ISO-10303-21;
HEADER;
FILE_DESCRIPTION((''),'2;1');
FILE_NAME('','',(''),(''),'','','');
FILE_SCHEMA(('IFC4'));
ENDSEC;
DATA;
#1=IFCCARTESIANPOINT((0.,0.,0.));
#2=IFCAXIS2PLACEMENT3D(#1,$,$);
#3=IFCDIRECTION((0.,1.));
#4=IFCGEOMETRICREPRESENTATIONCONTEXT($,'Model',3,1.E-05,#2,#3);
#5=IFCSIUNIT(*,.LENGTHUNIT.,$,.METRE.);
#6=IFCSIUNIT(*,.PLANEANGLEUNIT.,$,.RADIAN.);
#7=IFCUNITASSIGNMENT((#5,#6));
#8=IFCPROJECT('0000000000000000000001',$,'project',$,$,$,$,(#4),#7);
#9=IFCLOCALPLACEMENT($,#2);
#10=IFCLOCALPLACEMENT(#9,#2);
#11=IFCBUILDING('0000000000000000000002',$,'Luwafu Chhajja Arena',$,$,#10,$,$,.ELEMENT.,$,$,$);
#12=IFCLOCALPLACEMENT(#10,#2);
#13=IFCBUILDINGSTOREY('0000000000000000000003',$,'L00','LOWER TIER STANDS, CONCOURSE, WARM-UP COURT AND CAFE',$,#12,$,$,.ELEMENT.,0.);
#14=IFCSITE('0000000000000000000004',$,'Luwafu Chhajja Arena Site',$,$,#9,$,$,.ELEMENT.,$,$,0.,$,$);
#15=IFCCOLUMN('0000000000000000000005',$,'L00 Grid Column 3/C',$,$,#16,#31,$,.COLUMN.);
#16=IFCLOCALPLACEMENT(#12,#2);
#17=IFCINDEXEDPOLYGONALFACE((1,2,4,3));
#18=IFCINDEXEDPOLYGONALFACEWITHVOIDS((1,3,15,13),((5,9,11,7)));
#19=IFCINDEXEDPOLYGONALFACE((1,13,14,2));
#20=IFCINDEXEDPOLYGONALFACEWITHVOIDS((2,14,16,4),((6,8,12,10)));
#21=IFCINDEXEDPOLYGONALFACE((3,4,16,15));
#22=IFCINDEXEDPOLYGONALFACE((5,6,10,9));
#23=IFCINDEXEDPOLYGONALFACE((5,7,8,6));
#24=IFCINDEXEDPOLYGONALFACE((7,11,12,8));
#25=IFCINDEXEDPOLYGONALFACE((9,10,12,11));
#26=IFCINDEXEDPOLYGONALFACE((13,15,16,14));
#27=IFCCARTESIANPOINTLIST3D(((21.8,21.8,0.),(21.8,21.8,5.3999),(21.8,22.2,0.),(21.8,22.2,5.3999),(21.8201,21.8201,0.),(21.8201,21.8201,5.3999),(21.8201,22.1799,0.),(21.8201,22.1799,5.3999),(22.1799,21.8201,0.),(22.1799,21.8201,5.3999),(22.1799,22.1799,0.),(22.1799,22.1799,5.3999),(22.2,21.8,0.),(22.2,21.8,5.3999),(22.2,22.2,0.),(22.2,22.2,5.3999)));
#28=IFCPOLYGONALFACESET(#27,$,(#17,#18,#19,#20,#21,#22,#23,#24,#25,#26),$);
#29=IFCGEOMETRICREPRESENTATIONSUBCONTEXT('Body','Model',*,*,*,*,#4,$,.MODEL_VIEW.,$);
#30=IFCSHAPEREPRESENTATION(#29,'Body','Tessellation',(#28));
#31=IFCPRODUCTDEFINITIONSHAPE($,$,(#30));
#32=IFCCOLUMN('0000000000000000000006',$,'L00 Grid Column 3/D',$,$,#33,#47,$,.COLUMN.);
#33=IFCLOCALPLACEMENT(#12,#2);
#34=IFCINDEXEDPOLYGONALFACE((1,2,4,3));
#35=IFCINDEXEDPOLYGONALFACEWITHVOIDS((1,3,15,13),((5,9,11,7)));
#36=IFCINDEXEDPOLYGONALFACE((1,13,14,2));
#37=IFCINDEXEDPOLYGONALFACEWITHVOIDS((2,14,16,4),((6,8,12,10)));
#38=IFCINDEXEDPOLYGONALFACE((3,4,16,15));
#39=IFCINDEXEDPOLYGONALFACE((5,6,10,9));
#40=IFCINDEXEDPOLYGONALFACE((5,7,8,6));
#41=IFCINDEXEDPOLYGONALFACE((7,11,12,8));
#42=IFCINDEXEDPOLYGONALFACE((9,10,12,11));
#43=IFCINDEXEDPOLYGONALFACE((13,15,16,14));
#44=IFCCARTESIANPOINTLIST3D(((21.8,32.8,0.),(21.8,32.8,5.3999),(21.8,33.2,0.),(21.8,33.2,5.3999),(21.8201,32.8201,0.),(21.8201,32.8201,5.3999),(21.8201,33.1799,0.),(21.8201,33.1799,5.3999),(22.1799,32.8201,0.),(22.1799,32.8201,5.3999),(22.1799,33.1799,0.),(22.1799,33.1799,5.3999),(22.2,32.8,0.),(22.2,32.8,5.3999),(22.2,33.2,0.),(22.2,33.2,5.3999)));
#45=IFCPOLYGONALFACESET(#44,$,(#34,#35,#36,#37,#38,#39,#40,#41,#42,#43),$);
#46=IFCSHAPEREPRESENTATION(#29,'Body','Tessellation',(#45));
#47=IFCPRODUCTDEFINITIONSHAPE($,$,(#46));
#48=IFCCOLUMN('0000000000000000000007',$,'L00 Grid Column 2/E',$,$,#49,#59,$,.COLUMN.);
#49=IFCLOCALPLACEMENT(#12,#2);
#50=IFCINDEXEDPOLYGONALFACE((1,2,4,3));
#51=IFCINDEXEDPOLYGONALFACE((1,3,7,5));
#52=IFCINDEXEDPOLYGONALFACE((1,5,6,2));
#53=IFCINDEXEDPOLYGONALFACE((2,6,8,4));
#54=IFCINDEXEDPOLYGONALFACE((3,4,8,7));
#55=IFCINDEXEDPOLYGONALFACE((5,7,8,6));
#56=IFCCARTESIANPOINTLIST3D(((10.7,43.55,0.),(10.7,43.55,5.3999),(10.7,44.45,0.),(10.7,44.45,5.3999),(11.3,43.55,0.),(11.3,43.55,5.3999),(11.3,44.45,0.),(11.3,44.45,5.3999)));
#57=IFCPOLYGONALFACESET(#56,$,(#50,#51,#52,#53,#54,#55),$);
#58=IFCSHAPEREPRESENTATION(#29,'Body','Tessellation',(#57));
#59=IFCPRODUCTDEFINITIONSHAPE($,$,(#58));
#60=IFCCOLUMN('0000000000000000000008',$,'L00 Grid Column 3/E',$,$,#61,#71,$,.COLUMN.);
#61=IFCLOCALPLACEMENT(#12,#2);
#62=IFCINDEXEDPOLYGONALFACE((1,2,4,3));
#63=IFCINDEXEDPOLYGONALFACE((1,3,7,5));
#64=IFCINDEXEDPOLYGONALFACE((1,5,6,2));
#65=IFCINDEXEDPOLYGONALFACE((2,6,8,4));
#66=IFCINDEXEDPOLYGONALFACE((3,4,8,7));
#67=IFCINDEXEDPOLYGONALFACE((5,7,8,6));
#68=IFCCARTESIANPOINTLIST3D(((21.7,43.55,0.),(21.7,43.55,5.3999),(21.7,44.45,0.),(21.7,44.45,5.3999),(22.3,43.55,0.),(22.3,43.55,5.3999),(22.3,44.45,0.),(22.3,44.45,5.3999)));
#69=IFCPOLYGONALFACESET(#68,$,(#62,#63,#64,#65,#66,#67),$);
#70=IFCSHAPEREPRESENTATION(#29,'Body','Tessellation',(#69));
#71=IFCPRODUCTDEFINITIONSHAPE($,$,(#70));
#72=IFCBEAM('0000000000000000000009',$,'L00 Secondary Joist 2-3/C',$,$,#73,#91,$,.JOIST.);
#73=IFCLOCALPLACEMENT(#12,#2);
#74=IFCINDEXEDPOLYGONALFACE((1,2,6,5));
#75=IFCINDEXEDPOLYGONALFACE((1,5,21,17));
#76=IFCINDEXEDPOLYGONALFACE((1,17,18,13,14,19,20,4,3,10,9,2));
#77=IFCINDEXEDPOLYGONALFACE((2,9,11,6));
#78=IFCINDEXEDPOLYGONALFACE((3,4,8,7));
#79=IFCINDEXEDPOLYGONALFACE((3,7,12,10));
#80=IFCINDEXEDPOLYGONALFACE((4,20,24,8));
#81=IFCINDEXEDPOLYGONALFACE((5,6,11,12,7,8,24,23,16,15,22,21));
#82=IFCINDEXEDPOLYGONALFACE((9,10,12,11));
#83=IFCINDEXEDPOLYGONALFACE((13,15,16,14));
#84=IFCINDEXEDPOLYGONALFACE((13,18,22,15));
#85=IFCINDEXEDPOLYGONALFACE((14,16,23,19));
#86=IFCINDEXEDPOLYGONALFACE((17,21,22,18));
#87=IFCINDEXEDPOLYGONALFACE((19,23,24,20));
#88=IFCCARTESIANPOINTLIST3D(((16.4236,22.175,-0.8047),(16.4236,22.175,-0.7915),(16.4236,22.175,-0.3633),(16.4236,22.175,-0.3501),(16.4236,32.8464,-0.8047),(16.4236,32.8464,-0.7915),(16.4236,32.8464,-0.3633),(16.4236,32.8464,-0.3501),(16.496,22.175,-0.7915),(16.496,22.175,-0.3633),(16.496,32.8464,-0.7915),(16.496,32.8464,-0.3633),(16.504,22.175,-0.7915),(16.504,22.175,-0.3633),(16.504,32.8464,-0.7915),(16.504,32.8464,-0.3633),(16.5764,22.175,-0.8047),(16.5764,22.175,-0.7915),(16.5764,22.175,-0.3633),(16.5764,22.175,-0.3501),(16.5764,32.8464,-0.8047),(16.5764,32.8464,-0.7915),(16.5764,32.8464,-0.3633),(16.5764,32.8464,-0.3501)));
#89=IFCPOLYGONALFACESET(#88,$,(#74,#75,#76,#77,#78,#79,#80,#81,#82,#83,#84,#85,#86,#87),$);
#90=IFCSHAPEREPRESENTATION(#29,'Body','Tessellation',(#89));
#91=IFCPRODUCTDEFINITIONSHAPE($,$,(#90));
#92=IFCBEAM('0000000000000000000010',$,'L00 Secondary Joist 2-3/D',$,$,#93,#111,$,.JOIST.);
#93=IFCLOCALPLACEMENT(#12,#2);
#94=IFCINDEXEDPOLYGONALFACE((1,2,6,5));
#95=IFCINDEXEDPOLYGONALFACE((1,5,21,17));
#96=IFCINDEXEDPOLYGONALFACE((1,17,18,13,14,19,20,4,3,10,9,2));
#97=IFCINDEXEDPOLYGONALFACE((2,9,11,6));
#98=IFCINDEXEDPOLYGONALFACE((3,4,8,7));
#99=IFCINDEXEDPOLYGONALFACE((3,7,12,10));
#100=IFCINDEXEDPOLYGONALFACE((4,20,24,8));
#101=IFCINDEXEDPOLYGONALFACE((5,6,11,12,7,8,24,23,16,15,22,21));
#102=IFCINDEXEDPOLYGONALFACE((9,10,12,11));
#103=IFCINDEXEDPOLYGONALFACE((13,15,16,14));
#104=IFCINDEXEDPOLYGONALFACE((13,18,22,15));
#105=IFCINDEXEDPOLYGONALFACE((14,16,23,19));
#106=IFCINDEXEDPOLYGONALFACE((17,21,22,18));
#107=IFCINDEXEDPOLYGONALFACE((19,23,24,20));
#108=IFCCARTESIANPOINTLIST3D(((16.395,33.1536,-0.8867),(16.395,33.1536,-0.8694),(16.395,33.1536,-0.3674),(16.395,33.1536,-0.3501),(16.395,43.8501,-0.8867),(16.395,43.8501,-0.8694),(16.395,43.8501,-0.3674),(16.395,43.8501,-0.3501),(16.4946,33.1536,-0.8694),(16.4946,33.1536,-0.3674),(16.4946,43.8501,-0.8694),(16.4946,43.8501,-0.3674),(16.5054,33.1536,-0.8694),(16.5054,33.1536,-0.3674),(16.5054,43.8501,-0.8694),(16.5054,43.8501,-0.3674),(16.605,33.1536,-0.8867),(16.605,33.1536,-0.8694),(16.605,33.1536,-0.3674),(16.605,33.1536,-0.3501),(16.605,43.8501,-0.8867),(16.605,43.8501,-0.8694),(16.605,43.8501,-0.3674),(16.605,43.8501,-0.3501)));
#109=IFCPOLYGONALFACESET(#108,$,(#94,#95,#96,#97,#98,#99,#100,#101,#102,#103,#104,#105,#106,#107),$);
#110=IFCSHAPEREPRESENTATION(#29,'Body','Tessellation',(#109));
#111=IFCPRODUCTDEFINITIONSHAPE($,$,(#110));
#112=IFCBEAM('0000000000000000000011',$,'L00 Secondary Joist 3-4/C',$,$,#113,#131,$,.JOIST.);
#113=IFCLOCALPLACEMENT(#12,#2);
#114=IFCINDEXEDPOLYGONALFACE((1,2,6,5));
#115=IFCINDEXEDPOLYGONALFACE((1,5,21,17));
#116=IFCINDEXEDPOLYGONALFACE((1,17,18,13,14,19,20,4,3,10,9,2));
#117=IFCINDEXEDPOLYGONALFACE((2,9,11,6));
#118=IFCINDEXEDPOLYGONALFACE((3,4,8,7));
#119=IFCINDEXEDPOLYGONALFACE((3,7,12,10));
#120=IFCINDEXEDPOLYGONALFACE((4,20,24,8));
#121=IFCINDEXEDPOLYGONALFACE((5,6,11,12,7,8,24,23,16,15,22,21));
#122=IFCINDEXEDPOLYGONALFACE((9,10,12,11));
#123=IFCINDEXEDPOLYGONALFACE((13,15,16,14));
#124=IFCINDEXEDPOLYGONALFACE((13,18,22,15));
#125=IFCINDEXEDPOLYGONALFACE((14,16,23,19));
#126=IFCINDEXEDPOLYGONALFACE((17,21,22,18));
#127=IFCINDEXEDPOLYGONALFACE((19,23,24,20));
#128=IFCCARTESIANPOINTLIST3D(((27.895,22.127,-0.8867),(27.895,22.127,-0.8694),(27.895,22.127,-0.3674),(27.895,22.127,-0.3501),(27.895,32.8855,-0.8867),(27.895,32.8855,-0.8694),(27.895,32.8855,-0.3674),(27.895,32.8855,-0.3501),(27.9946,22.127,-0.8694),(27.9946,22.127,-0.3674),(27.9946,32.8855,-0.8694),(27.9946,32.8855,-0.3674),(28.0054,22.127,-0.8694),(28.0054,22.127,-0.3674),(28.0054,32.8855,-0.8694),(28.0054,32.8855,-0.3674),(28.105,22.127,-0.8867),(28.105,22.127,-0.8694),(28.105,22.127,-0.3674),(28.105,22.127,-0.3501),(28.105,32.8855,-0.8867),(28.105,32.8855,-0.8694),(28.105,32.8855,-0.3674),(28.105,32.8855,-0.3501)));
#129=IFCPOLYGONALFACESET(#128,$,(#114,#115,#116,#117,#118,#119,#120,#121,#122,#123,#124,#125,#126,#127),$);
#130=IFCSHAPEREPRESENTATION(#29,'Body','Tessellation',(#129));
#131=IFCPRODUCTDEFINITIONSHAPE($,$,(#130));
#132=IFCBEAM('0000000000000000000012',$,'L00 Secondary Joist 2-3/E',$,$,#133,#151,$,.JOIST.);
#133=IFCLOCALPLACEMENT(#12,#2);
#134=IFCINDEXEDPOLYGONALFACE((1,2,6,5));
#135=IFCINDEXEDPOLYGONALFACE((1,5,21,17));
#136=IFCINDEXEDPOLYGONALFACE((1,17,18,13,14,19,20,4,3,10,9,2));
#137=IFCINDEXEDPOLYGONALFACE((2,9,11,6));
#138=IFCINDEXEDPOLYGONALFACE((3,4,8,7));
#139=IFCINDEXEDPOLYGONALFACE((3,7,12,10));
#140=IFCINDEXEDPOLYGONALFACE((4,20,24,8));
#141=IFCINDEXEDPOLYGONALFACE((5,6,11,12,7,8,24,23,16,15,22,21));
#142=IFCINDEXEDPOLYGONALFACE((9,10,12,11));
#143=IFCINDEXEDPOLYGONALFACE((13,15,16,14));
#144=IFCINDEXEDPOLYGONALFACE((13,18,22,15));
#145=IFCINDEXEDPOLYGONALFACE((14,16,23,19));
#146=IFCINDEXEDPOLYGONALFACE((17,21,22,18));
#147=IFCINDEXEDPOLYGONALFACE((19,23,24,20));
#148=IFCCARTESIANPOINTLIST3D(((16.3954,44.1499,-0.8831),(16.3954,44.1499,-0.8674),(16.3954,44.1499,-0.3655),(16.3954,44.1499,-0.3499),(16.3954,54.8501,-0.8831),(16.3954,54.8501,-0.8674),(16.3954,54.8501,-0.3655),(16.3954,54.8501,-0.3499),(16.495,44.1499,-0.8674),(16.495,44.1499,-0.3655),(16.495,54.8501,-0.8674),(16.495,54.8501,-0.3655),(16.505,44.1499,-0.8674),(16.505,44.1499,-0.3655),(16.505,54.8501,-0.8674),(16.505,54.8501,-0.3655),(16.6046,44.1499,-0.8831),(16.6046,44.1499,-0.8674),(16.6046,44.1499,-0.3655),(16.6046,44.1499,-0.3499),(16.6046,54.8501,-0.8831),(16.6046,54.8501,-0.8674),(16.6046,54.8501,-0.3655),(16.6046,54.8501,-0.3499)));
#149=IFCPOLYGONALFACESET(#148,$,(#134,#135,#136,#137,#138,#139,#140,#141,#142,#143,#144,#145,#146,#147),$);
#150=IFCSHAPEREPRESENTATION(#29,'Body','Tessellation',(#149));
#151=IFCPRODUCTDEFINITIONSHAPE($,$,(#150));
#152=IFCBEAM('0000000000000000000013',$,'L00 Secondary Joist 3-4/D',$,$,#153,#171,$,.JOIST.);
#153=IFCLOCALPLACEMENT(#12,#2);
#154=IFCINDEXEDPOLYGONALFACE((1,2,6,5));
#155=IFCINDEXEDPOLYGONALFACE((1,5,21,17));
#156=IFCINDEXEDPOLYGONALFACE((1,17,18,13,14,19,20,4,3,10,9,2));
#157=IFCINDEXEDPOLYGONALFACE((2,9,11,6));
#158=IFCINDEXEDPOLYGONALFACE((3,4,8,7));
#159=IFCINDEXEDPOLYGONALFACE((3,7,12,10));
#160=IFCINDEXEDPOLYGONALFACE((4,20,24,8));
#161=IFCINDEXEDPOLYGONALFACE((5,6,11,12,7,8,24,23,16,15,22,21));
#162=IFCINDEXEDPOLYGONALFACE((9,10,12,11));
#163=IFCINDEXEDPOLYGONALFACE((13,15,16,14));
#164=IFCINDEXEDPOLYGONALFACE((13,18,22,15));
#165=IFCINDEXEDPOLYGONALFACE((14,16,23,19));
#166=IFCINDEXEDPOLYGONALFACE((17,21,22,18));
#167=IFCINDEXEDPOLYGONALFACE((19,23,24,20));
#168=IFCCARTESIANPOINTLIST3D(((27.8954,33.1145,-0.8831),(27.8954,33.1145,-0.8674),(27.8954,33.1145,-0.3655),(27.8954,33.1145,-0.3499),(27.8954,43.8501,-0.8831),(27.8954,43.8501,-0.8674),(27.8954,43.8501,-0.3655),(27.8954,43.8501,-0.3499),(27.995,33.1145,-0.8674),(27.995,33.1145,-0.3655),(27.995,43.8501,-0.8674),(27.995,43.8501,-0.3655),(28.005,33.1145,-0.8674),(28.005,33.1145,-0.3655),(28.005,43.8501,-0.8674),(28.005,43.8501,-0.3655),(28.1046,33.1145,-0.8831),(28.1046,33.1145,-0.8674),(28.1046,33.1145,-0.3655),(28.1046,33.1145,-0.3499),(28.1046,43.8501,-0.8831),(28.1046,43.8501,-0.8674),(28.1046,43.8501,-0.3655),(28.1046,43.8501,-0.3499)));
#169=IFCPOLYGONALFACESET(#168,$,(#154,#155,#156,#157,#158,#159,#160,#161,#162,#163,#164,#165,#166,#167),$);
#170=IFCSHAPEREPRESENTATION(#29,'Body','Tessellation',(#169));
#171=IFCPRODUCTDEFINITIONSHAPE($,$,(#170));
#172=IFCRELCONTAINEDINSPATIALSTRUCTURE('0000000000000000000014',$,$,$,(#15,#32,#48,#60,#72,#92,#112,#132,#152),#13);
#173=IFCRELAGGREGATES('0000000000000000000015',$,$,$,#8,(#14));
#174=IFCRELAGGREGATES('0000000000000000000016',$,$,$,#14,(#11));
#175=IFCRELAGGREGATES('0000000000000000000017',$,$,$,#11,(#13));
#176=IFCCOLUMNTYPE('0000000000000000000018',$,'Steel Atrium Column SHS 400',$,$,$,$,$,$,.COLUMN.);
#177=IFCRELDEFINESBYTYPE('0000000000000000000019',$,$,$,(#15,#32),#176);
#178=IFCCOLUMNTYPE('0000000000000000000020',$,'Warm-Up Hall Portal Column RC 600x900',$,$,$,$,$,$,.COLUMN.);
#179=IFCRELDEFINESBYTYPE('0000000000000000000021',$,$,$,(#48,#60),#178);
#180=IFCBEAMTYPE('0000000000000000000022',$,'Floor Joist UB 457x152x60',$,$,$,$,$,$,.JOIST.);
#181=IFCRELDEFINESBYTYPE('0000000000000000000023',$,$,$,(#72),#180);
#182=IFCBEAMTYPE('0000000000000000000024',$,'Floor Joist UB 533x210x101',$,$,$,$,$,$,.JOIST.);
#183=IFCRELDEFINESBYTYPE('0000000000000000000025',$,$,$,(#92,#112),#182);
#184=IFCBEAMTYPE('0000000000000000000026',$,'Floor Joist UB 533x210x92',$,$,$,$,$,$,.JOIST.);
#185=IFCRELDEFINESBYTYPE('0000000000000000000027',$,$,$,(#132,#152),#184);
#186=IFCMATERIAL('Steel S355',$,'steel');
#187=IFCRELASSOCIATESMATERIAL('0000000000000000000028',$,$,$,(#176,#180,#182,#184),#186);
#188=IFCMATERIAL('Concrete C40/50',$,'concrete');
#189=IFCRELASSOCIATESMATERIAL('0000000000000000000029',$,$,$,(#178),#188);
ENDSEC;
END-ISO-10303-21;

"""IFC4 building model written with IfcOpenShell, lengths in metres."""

from ifc_helpers import new_model, si_unit, direction, frame, origin, origin_2d, place, context, subcontext, project, spatial, rectangle, hollow_rectangle, i_section, extrude, material, material_profile, profile_set, type_object, element, save


model = new_model("IFC4")

# Units and contexts
model_context = context("Model", 3, precision=1e-05, world=origin(), true_north=direction((0.0, 1.0)))
body_context = subcontext(model_context, "Body", "Model", "MODEL_VIEW")
ifc_project = project(units=[si_unit("LENGTHUNIT", "METRE"), si_unit("PLANEANGLEUNIT", "RADIAN")], contexts=[model_context])

# Site, building, storey
site_placement = place(None, origin())
site = spatial("IfcSite", under=ifc_project, at=site_placement, Name="Luwafu Chhajja Arena Site", CompositionType="ELEMENT", RefElevation=0.0)
building_placement = place(site_placement, origin())
building = spatial("IfcBuilding", under=site, at=building_placement, Name="Luwafu Chhajja Arena", CompositionType="ELEMENT")
storey_placement = place(building_placement, origin())
storey = spatial("IfcBuildingStorey", under=building, at=storey_placement, Name="L00", Description="LOWER TIER STANDS, CONCOURSE, WARM-UP COURT AND CAFE", CompositionType="ELEMENT", Elevation=0.0)

# Columns
ifc_material_1 = material(Name="Steel S355", Category="steel")
ifc_material_profile_1 = material_profile(ifc_material_1, hollow_rectangle(XDim=0.3999, YDim=0.3999, WallThickness=0.02, at=origin_2d()), Name="SHS 400x400x20")
ifc_profile_set_1 = profile_set([ifc_material_profile_1], Name="Steel S355")
column_type_1 = type_object("IfcColumnType", Name="Steel Atrium Column SHS 400", PredefinedType="COLUMN", material=ifc_profile_set_1)
for number, where, z_axis, x_axis, name in (
    (1, (22.0, 22.0, 0.0), (0.0, 0.0, 1.0), (1.0, 0.0, 0.0), "L00 Grid Column 3/C"),
    (2, (22.0, 33.0, 0.0), (0.0, 0.0, 1.0), (1.0, 0.0, 0.0), "L00 Grid Column 3/D"),
):
    element("IfcColumn", number, at=place(storey_placement, frame(where, z_axis=z_axis, x_axis=x_axis)), inside=storey, type_object=column_type_1, Name=name, PredefinedType="COLUMN", context=body_context, shape_type="SweptSolid", body=[
        extrude(hollow_rectangle(XDim=0.3999, YDim=0.3999, WallThickness=0.02, at=origin_2d()), origin(), (0.0, 0.0, 1.0), 5.3999),
    ])
ifc_material_2 = material(Name="Concrete C40/50", Category="concrete")
ifc_material_profile_2 = material_profile(ifc_material_2, rectangle(XDim=0.6001, YDim=0.8999, at=origin_2d()), Name="RC 600x900")
ifc_profile_set_2 = profile_set([ifc_material_profile_2], Name="Concrete C40/50")
column_type_2 = type_object("IfcColumnType", Name="Warm-Up Hall Portal Column RC 600x900", PredefinedType="COLUMN", material=ifc_profile_set_2)
for number, where, z_axis, x_axis, name in (
    (3, (11.0, 44.0, 0.0), (0.0, 0.0, 1.0), (1.0, 0.0, 0.0), "L00 Grid Column 2/E"),
    (4, (22.0, 44.0, 0.0), (0.0, 0.0, 1.0), (1.0, 0.0, 0.0), "L00 Grid Column 3/E"),
):
    element("IfcColumn", number, at=place(storey_placement, frame(where, z_axis=z_axis, x_axis=x_axis)), inside=storey, type_object=column_type_2, Name=name, PredefinedType="COLUMN", context=body_context, shape_type="SweptSolid", body=[
        extrude(rectangle(XDim=0.6001, YDim=0.8999, at=origin_2d()), origin(), (0.0, 0.0, 1.0), 5.3999),
    ])

# Beams
ifc_material_profile_3 = material_profile(ifc_material_1, i_section(OverallWidth=0.1528, OverallDepth=0.4546, WebThickness=0.0081, FlangeThickness=0.0132, at=origin_2d()), Name="UB 457x152x60")
ifc_profile_set_3 = profile_set([ifc_material_profile_3], Name="Steel S355")
beam_type_1 = type_object("IfcBeamType", Name="Floor Joist UB 457x152x60", PredefinedType="JOIST", material=ifc_profile_set_3)
beam_1_placement = place(storey_placement, frame((16.5, 22.175, -0.5774), z_axis=(0.0, 1.0, 0.0), x_axis=(-1.0, 0.0, 0.0)))
element("IfcBeam", 5, at=beam_1_placement, inside=storey, type_object=beam_type_1, Name="L00 Secondary Joist 2-3/C", PredefinedType="JOIST", context=body_context, shape_type="SweptSolid", body=[
    extrude(i_section(OverallWidth=0.1528, OverallDepth=0.4546, WebThickness=0.0081, FlangeThickness=0.0132, at=origin_2d()), origin(), (0.0, 0.0, 1.0), 10.6714),
])
ifc_material_profile_4 = material_profile(ifc_material_1, i_section(OverallWidth=0.21, OverallDepth=0.5366, WebThickness=0.0107, FlangeThickness=0.0173, at=origin_2d()), Name="UB 533x210x101")
ifc_profile_set_4 = profile_set([ifc_material_profile_4], Name="Steel S355")
beam_type_2 = type_object("IfcBeamType", Name="Floor Joist UB 533x210x101", PredefinedType="JOIST", material=ifc_profile_set_4)
beam_2_placement = place(storey_placement, frame((16.5, 33.1536, -0.6184), z_axis=(0.0, 1.0, 0.0), x_axis=(-1.0, 0.0, 0.0)))
element("IfcBeam", 6, at=beam_2_placement, inside=storey, type_object=beam_type_2, Name="L00 Secondary Joist 2-3/D", PredefinedType="JOIST", context=body_context, shape_type="SweptSolid", body=[
    extrude(i_section(OverallWidth=0.21, OverallDepth=0.5366, WebThickness=0.0107, FlangeThickness=0.0173, at=origin_2d()), origin(), (0.0, 0.0, 1.0), 10.6965),
])
beam_3_placement = place(storey_placement, frame((28.0, 22.127, -0.6184), z_axis=(0.0, 1.0, 0.0), x_axis=(-1.0, 0.0, 0.0)))
element("IfcBeam", 7, at=beam_3_placement, inside=storey, type_object=beam_type_2, Name="L00 Secondary Joist 3-4/C", PredefinedType="JOIST", context=body_context, shape_type="SweptSolid", body=[
    extrude(i_section(OverallWidth=0.21, OverallDepth=0.5366, WebThickness=0.0107, FlangeThickness=0.0173, at=origin_2d()), origin(), (0.0, 0.0, 1.0), 10.7585),
])
ifc_material_profile_5 = material_profile(ifc_material_1, i_section(OverallWidth=0.2092, OverallDepth=0.5332, WebThickness=0.01, FlangeThickness=0.0156, at=origin_2d()), Name="UB 533x210x92")
ifc_profile_set_5 = profile_set([ifc_material_profile_5], Name="Steel S355")
beam_type_3 = type_object("IfcBeamType", Name="Floor Joist UB 533x210x92", PredefinedType="JOIST", material=ifc_profile_set_5)
beam_4_placement = place(storey_placement, frame((16.5, 44.1499, -0.6165), z_axis=(0.0, 1.0, 0.0), x_axis=(-1.0, 0.0, 0.0)))
element("IfcBeam", 8, at=beam_4_placement, inside=storey, type_object=beam_type_3, Name="L00 Secondary Joist 2-3/E", PredefinedType="JOIST", context=body_context, shape_type="SweptSolid", body=[
    extrude(i_section(OverallWidth=0.2092, OverallDepth=0.5332, WebThickness=0.01, FlangeThickness=0.0156, at=origin_2d()), origin(), (0.0, 0.0, 1.0), 10.7002),
])
beam_5_placement = place(storey_placement, frame((28.0, 33.1145, -0.6165), z_axis=(0.0, 1.0, 0.0), x_axis=(-1.0, 0.0, 0.0)))
element("IfcBeam", 9, at=beam_5_placement, inside=storey, type_object=beam_type_3, Name="L00 Secondary Joist 3-4/D", PredefinedType="JOIST", context=body_context, shape_type="SweptSolid", body=[
    extrude(i_section(OverallWidth=0.2092, OverallDepth=0.5332, WebThickness=0.01, FlangeThickness=0.0156, at=origin_2d()), origin(), (0.0, 0.0, 1.0), 10.7356),
])

save(model, "model.ifc")
